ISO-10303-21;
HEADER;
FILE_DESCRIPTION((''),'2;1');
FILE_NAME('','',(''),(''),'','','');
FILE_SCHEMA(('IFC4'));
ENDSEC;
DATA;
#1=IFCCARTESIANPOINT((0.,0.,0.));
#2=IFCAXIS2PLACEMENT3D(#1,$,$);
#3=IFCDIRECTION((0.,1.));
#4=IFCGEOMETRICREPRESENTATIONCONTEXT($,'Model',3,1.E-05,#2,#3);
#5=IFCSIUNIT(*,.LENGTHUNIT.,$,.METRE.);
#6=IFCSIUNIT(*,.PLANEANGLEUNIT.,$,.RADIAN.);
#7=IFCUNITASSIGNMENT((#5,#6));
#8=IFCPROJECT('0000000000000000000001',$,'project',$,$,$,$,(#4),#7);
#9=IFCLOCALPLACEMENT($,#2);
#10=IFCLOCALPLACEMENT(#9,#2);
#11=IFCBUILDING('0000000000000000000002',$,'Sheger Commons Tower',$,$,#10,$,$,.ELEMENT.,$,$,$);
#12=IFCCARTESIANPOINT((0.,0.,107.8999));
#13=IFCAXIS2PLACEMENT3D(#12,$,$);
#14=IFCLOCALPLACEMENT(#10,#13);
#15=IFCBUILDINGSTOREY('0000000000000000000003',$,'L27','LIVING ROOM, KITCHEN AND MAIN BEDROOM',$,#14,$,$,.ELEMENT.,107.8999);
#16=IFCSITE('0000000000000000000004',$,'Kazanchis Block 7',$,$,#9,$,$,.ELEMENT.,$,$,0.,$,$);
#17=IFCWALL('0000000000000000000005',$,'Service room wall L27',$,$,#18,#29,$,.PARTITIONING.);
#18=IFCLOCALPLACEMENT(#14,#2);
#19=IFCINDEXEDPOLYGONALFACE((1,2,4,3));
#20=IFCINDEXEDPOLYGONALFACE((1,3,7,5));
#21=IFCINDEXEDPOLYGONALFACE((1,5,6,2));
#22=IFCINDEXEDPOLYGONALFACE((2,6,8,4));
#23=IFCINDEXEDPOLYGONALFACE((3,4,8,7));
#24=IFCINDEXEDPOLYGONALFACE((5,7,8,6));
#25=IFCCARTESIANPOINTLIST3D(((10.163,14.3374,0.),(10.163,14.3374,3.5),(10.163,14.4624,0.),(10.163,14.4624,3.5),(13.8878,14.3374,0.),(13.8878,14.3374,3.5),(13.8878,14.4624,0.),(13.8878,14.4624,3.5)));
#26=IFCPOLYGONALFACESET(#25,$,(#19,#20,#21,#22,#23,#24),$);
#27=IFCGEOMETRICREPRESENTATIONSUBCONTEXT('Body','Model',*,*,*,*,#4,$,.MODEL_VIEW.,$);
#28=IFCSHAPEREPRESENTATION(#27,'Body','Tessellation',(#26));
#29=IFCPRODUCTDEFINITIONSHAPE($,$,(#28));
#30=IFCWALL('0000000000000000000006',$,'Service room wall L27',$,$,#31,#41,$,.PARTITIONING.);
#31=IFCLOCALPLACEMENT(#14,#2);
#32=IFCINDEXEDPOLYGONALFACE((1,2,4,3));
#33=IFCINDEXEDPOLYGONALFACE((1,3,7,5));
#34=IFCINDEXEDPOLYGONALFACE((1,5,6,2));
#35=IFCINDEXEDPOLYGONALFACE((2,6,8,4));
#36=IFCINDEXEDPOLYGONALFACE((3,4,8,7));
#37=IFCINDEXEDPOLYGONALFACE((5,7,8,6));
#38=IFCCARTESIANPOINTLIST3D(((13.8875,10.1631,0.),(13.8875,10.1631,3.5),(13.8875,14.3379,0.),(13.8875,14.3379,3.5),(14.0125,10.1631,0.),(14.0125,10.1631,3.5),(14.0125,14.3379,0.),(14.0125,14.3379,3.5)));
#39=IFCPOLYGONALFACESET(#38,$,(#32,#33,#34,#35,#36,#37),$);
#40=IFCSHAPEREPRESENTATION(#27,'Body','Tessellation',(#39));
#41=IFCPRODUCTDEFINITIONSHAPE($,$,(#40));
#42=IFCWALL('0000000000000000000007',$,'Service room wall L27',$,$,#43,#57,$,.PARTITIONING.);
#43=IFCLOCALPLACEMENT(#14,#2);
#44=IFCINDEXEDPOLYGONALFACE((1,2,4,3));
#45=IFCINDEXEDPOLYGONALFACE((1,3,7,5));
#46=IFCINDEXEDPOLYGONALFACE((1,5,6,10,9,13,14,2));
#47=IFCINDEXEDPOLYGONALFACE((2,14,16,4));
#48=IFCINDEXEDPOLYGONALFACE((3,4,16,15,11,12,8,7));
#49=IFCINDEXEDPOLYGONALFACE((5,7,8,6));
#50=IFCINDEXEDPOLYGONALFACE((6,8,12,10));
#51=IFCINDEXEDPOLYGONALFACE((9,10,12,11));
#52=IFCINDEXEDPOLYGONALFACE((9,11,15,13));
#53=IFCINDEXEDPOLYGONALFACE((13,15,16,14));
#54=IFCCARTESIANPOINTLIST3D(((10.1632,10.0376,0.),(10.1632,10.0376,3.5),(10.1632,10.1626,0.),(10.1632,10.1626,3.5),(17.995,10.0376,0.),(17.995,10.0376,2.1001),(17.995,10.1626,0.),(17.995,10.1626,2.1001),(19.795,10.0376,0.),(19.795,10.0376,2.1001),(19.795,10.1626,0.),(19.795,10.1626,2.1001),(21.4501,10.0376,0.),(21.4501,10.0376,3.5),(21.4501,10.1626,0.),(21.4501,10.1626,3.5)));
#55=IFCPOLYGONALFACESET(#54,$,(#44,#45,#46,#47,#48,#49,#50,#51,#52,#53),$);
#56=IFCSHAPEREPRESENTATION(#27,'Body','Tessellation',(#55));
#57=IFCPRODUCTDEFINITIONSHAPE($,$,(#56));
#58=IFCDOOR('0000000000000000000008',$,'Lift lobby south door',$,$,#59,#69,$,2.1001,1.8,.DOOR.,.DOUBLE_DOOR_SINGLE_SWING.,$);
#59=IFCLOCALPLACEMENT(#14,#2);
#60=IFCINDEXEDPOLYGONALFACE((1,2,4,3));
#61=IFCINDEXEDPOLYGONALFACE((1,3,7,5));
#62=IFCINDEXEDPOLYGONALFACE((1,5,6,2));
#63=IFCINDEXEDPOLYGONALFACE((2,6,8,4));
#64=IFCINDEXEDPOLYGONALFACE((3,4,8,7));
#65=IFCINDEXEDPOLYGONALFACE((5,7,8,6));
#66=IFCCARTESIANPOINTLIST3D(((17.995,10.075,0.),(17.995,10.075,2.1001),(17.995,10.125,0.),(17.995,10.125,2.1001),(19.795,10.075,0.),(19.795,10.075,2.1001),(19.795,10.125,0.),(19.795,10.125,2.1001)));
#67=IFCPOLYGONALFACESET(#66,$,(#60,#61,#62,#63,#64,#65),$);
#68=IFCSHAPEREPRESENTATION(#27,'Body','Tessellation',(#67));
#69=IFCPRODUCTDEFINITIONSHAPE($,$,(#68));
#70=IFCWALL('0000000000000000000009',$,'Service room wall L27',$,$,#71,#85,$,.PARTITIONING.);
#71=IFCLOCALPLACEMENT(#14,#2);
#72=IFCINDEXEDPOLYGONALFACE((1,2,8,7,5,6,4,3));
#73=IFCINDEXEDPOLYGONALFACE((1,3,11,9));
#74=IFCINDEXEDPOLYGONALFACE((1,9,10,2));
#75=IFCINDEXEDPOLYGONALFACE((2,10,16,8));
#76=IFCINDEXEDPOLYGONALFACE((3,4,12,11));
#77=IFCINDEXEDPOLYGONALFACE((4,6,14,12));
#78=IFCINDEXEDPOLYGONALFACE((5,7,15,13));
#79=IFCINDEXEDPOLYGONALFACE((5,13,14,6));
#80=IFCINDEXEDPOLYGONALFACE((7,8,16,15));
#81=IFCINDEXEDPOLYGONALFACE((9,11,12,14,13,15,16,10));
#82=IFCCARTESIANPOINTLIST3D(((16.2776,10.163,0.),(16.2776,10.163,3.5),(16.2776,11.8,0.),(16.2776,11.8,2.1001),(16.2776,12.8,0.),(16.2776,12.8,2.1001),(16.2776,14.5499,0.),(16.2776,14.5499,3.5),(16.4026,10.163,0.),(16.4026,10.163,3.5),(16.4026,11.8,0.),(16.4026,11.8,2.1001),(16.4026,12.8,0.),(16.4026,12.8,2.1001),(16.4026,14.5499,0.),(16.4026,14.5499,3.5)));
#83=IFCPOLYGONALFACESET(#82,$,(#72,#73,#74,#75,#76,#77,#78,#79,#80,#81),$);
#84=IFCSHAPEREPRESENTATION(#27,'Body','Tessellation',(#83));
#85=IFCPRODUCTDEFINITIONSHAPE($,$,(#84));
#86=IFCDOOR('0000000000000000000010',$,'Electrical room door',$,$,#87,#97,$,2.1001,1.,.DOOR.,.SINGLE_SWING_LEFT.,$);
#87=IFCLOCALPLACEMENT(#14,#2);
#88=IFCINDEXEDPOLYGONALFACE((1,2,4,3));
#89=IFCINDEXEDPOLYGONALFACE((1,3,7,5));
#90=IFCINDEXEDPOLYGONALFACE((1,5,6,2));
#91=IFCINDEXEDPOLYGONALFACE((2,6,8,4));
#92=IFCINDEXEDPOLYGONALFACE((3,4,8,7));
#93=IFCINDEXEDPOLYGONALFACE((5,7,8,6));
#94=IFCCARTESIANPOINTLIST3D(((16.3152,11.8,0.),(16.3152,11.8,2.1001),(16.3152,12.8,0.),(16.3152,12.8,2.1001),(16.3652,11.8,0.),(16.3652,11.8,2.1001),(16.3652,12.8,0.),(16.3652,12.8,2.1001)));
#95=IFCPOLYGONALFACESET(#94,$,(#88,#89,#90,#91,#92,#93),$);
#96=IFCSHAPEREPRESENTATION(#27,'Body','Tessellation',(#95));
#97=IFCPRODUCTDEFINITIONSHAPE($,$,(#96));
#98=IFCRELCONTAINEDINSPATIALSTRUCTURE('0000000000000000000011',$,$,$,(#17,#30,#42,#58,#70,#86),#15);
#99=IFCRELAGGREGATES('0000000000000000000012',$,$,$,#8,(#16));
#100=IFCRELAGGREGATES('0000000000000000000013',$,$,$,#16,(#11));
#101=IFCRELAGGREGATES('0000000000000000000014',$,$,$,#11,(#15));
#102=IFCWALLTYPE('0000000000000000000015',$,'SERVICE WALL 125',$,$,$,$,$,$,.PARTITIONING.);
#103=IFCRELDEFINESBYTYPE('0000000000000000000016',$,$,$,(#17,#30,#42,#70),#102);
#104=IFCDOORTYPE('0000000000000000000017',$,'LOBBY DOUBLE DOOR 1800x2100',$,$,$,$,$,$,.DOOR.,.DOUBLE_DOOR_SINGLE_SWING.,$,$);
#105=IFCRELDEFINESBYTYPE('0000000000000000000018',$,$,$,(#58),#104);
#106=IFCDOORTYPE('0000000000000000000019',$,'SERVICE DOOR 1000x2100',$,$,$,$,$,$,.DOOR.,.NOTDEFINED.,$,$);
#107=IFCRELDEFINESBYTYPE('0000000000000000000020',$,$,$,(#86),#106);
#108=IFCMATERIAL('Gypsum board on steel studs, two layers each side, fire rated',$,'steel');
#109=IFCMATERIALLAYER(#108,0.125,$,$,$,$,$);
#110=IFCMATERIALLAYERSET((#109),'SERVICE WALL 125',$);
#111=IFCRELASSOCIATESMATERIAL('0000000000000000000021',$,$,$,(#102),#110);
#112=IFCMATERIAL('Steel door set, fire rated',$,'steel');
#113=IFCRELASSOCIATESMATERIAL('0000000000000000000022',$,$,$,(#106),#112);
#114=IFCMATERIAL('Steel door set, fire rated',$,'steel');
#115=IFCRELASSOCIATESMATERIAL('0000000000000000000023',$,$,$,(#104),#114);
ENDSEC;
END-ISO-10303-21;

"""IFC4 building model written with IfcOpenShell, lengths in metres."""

from ifc_helpers import new_model, si_unit, direction, frame, frame_2d, origin, place, context, subcontext, project, spatial, rectangle, extrude, material, layer, layer_set, type_object, element, fill, save


model = new_model("IFC4")

# Units and contexts
model_context = context("Model", 3, precision=1e-05, world=origin(), true_north=direction((0.0, 1.0)))
body_context = subcontext(model_context, "Body", "Model", "MODEL_VIEW")
ifc_project = project(units=[si_unit("LENGTHUNIT", "METRE"), si_unit("PLANEANGLEUNIT", "RADIAN")], contexts=[model_context])

# Site, building, storey
site_placement = place(None, origin())
site = spatial("IfcSite", under=ifc_project, at=site_placement, Name="Kazanchis Block 7", CompositionType="ELEMENT", RefElevation=0.0)
building_placement = place(site_placement, origin())
building = spatial("IfcBuilding", under=site, at=building_placement, Name="Sheger Commons Tower", CompositionType="ELEMENT")
storey_placement = place(building_placement, frame((0.0, 0.0, 107.8999)))
storey = spatial("IfcBuildingStorey", under=building, at=storey_placement, Name="L27", Description="LIVING ROOM, KITCHEN AND MAIN BEDROOM", CompositionType="ELEMENT", Elevation=107.8999)

# Shared definitions
ifc_material_1 = material(Name="Gypsum board on steel studs, two layers each side, fire rated", Category="steel")
ifc_layer_1 = layer(ifc_material_1, 0.125)
ifc_layer_set_1 = layer_set([ifc_layer_1], Name="SERVICE WALL 125")
wall_type_1 = type_object("IfcWallType", Name="SERVICE WALL 125", PredefinedType="PARTITIONING", material=ifc_layer_set_1)
ifc_material_2 = material(Name="Steel door set, fire rated", Category="steel")
door_type_1 = type_object("IfcDoorType", Name="SERVICE DOOR 1000x2100", OperationType="NOTDEFINED", PredefinedType="DOOR", material=ifc_material_2)

# Walls
wall_1_placement = place(storey_placement, frame((10.1631, 14.3999, 0.0), z_axis=(0.0, 0.0, 1.0), x_axis=(1.0, 0.0, 0.0)))
element("IfcWall", 1, at=wall_1_placement, inside=storey, type_object=wall_type_1, Name="Service room wall L27", PredefinedType="PARTITIONING", context=body_context, shape_type="SweptSolid", body=[
    extrude(rectangle(XDim=3.7249, YDim=0.125, at=frame_2d((1.8623, 0.0))), origin(), (0.0, 0.0, 1.0), 3.5),
])
wall_2_placement = place(storey_placement, frame((13.95, 10.1631, 0.0), z_axis=(0.0, 0.0, 1.0), x_axis=(0.0, 1.0, 0.0)))
element("IfcWall", 2, at=wall_2_placement, inside=storey, type_object=wall_type_1, Name="Service room wall L27", PredefinedType="PARTITIONING", context=body_context, shape_type="SweptSolid", body=[
    extrude(rectangle(XDim=4.1748, YDim=0.125, at=frame_2d((2.0874, 0.0))), origin(), (0.0, 0.0, 1.0), 3.5),
])

# Walls, openings, doors
wall_3_placement = place(storey_placement, frame((10.1631, 10.1001, 0.0), z_axis=(0.0, 0.0, 1.0), x_axis=(1.0, 0.0, 0.0)))
wall_3 = element("IfcWall", 3, at=wall_3_placement, inside=storey, type_object=wall_type_1, Name="Service room wall L27", PredefinedType="PARTITIONING", context=body_context, shape_type="SweptSolid", body=[
    extrude(rectangle(XDim=11.2869, YDim=0.125, at=frame_2d((5.6436, 0.0))), origin(), (0.0, 0.0, 1.0), 3.5),
])
opening_1_placement = place(wall_3_placement, frame((7.832, 0.0, 0.0)))
opening_1 = element("IfcOpeningElement", 4, at=opening_1_placement, cuts=wall_3, PredefinedType="OPENING", context=body_context, shape_type="SweptSolid", body=[
    extrude(rectangle(XDim=1.8, YDim=2.1001, at=frame_2d((0.8999, 1.05))), frame((0.0, 0.0725, 0.0), z_axis=(0.0, -1.0, 0.0), x_axis=(1.0, 0.0, 0.0)), (0.0, 0.0, 1.0), 0.145),
])
ifc_material_3 = material(Name="Steel door set, fire rated", Category="steel")
door_type_2 = type_object("IfcDoorType", Name="LOBBY DOUBLE DOOR 1800x2100", OperationType="DOUBLE_DOOR_SINGLE_SWING", PredefinedType="DOOR", material=ifc_material_3)
door_1_placement = place(opening_1_placement, origin())
door_1 = element("IfcDoor", 5, at=door_1_placement, inside=storey, type_object=door_type_2, Name="Lift lobby south door", OperationType="DOUBLE_DOOR_SINGLE_SWING", OverallHeight=2.1001, OverallWidth=1.8, PredefinedType="DOOR", context=body_context, shape_type="SweptSolid", body=[
    extrude(rectangle(XDim=1.8, YDim=2.1001, at=frame_2d((0.8999, 1.05))), frame((0.0, 0.0249, 0.0), z_axis=(0.0, -1.0, 0.0), x_axis=(1.0, 0.0, 0.0)), (0.0, 0.0, 1.0), 0.05),
])
fill(opening_1, door_1)
wall_4_placement = place(storey_placement, frame((16.3401, 10.1631, 0.0), z_axis=(0.0, 0.0, 1.0), x_axis=(0.0, 1.0, 0.0)))
wall_4 = element("IfcWall", 6, at=wall_4_placement, inside=storey, type_object=wall_type_1, Name="Service room wall L27", PredefinedType="PARTITIONING", context=body_context, shape_type="SweptSolid", body=[
    extrude(rectangle(XDim=4.387, YDim=0.125, at=frame_2d((2.1934, 0.0))), origin(), (0.0, 0.0, 1.0), 3.5),
])
opening_2_placement = place(wall_4_placement, frame((1.637, 0.0, 0.0)))
opening_2 = element("IfcOpeningElement", 7, at=opening_2_placement, cuts=wall_4, PredefinedType="OPENING", context=body_context, shape_type="SweptSolid", body=[
    extrude(rectangle(XDim=1.0, YDim=2.1001, at=frame_2d((0.5, 1.05))), frame((0.0, 0.0725, 0.0), z_axis=(0.0, -1.0, 0.0), x_axis=(1.0, 0.0, 0.0)), (0.0, 0.0, 1.0), 0.145),
])
door_2_placement = place(opening_2_placement, origin())
door_2 = element("IfcDoor", 8, at=door_2_placement, inside=storey, type_object=door_type_1, Name="Electrical room door", OperationType="SINGLE_SWING_LEFT", OverallHeight=2.1001, OverallWidth=1.0, PredefinedType="DOOR", context=body_context, shape_type="SweptSolid", body=[
    extrude(rectangle(XDim=1.0, YDim=2.1001, at=frame_2d((0.5, 1.05))), frame((0.0, 0.0249, 0.0), z_axis=(0.0, -1.0, 0.0), x_axis=(1.0, 0.0, 0.0)), (0.0, 0.0, 1.0), 0.05),
])
fill(opening_2, door_2)

save(model, "model.ifc")
